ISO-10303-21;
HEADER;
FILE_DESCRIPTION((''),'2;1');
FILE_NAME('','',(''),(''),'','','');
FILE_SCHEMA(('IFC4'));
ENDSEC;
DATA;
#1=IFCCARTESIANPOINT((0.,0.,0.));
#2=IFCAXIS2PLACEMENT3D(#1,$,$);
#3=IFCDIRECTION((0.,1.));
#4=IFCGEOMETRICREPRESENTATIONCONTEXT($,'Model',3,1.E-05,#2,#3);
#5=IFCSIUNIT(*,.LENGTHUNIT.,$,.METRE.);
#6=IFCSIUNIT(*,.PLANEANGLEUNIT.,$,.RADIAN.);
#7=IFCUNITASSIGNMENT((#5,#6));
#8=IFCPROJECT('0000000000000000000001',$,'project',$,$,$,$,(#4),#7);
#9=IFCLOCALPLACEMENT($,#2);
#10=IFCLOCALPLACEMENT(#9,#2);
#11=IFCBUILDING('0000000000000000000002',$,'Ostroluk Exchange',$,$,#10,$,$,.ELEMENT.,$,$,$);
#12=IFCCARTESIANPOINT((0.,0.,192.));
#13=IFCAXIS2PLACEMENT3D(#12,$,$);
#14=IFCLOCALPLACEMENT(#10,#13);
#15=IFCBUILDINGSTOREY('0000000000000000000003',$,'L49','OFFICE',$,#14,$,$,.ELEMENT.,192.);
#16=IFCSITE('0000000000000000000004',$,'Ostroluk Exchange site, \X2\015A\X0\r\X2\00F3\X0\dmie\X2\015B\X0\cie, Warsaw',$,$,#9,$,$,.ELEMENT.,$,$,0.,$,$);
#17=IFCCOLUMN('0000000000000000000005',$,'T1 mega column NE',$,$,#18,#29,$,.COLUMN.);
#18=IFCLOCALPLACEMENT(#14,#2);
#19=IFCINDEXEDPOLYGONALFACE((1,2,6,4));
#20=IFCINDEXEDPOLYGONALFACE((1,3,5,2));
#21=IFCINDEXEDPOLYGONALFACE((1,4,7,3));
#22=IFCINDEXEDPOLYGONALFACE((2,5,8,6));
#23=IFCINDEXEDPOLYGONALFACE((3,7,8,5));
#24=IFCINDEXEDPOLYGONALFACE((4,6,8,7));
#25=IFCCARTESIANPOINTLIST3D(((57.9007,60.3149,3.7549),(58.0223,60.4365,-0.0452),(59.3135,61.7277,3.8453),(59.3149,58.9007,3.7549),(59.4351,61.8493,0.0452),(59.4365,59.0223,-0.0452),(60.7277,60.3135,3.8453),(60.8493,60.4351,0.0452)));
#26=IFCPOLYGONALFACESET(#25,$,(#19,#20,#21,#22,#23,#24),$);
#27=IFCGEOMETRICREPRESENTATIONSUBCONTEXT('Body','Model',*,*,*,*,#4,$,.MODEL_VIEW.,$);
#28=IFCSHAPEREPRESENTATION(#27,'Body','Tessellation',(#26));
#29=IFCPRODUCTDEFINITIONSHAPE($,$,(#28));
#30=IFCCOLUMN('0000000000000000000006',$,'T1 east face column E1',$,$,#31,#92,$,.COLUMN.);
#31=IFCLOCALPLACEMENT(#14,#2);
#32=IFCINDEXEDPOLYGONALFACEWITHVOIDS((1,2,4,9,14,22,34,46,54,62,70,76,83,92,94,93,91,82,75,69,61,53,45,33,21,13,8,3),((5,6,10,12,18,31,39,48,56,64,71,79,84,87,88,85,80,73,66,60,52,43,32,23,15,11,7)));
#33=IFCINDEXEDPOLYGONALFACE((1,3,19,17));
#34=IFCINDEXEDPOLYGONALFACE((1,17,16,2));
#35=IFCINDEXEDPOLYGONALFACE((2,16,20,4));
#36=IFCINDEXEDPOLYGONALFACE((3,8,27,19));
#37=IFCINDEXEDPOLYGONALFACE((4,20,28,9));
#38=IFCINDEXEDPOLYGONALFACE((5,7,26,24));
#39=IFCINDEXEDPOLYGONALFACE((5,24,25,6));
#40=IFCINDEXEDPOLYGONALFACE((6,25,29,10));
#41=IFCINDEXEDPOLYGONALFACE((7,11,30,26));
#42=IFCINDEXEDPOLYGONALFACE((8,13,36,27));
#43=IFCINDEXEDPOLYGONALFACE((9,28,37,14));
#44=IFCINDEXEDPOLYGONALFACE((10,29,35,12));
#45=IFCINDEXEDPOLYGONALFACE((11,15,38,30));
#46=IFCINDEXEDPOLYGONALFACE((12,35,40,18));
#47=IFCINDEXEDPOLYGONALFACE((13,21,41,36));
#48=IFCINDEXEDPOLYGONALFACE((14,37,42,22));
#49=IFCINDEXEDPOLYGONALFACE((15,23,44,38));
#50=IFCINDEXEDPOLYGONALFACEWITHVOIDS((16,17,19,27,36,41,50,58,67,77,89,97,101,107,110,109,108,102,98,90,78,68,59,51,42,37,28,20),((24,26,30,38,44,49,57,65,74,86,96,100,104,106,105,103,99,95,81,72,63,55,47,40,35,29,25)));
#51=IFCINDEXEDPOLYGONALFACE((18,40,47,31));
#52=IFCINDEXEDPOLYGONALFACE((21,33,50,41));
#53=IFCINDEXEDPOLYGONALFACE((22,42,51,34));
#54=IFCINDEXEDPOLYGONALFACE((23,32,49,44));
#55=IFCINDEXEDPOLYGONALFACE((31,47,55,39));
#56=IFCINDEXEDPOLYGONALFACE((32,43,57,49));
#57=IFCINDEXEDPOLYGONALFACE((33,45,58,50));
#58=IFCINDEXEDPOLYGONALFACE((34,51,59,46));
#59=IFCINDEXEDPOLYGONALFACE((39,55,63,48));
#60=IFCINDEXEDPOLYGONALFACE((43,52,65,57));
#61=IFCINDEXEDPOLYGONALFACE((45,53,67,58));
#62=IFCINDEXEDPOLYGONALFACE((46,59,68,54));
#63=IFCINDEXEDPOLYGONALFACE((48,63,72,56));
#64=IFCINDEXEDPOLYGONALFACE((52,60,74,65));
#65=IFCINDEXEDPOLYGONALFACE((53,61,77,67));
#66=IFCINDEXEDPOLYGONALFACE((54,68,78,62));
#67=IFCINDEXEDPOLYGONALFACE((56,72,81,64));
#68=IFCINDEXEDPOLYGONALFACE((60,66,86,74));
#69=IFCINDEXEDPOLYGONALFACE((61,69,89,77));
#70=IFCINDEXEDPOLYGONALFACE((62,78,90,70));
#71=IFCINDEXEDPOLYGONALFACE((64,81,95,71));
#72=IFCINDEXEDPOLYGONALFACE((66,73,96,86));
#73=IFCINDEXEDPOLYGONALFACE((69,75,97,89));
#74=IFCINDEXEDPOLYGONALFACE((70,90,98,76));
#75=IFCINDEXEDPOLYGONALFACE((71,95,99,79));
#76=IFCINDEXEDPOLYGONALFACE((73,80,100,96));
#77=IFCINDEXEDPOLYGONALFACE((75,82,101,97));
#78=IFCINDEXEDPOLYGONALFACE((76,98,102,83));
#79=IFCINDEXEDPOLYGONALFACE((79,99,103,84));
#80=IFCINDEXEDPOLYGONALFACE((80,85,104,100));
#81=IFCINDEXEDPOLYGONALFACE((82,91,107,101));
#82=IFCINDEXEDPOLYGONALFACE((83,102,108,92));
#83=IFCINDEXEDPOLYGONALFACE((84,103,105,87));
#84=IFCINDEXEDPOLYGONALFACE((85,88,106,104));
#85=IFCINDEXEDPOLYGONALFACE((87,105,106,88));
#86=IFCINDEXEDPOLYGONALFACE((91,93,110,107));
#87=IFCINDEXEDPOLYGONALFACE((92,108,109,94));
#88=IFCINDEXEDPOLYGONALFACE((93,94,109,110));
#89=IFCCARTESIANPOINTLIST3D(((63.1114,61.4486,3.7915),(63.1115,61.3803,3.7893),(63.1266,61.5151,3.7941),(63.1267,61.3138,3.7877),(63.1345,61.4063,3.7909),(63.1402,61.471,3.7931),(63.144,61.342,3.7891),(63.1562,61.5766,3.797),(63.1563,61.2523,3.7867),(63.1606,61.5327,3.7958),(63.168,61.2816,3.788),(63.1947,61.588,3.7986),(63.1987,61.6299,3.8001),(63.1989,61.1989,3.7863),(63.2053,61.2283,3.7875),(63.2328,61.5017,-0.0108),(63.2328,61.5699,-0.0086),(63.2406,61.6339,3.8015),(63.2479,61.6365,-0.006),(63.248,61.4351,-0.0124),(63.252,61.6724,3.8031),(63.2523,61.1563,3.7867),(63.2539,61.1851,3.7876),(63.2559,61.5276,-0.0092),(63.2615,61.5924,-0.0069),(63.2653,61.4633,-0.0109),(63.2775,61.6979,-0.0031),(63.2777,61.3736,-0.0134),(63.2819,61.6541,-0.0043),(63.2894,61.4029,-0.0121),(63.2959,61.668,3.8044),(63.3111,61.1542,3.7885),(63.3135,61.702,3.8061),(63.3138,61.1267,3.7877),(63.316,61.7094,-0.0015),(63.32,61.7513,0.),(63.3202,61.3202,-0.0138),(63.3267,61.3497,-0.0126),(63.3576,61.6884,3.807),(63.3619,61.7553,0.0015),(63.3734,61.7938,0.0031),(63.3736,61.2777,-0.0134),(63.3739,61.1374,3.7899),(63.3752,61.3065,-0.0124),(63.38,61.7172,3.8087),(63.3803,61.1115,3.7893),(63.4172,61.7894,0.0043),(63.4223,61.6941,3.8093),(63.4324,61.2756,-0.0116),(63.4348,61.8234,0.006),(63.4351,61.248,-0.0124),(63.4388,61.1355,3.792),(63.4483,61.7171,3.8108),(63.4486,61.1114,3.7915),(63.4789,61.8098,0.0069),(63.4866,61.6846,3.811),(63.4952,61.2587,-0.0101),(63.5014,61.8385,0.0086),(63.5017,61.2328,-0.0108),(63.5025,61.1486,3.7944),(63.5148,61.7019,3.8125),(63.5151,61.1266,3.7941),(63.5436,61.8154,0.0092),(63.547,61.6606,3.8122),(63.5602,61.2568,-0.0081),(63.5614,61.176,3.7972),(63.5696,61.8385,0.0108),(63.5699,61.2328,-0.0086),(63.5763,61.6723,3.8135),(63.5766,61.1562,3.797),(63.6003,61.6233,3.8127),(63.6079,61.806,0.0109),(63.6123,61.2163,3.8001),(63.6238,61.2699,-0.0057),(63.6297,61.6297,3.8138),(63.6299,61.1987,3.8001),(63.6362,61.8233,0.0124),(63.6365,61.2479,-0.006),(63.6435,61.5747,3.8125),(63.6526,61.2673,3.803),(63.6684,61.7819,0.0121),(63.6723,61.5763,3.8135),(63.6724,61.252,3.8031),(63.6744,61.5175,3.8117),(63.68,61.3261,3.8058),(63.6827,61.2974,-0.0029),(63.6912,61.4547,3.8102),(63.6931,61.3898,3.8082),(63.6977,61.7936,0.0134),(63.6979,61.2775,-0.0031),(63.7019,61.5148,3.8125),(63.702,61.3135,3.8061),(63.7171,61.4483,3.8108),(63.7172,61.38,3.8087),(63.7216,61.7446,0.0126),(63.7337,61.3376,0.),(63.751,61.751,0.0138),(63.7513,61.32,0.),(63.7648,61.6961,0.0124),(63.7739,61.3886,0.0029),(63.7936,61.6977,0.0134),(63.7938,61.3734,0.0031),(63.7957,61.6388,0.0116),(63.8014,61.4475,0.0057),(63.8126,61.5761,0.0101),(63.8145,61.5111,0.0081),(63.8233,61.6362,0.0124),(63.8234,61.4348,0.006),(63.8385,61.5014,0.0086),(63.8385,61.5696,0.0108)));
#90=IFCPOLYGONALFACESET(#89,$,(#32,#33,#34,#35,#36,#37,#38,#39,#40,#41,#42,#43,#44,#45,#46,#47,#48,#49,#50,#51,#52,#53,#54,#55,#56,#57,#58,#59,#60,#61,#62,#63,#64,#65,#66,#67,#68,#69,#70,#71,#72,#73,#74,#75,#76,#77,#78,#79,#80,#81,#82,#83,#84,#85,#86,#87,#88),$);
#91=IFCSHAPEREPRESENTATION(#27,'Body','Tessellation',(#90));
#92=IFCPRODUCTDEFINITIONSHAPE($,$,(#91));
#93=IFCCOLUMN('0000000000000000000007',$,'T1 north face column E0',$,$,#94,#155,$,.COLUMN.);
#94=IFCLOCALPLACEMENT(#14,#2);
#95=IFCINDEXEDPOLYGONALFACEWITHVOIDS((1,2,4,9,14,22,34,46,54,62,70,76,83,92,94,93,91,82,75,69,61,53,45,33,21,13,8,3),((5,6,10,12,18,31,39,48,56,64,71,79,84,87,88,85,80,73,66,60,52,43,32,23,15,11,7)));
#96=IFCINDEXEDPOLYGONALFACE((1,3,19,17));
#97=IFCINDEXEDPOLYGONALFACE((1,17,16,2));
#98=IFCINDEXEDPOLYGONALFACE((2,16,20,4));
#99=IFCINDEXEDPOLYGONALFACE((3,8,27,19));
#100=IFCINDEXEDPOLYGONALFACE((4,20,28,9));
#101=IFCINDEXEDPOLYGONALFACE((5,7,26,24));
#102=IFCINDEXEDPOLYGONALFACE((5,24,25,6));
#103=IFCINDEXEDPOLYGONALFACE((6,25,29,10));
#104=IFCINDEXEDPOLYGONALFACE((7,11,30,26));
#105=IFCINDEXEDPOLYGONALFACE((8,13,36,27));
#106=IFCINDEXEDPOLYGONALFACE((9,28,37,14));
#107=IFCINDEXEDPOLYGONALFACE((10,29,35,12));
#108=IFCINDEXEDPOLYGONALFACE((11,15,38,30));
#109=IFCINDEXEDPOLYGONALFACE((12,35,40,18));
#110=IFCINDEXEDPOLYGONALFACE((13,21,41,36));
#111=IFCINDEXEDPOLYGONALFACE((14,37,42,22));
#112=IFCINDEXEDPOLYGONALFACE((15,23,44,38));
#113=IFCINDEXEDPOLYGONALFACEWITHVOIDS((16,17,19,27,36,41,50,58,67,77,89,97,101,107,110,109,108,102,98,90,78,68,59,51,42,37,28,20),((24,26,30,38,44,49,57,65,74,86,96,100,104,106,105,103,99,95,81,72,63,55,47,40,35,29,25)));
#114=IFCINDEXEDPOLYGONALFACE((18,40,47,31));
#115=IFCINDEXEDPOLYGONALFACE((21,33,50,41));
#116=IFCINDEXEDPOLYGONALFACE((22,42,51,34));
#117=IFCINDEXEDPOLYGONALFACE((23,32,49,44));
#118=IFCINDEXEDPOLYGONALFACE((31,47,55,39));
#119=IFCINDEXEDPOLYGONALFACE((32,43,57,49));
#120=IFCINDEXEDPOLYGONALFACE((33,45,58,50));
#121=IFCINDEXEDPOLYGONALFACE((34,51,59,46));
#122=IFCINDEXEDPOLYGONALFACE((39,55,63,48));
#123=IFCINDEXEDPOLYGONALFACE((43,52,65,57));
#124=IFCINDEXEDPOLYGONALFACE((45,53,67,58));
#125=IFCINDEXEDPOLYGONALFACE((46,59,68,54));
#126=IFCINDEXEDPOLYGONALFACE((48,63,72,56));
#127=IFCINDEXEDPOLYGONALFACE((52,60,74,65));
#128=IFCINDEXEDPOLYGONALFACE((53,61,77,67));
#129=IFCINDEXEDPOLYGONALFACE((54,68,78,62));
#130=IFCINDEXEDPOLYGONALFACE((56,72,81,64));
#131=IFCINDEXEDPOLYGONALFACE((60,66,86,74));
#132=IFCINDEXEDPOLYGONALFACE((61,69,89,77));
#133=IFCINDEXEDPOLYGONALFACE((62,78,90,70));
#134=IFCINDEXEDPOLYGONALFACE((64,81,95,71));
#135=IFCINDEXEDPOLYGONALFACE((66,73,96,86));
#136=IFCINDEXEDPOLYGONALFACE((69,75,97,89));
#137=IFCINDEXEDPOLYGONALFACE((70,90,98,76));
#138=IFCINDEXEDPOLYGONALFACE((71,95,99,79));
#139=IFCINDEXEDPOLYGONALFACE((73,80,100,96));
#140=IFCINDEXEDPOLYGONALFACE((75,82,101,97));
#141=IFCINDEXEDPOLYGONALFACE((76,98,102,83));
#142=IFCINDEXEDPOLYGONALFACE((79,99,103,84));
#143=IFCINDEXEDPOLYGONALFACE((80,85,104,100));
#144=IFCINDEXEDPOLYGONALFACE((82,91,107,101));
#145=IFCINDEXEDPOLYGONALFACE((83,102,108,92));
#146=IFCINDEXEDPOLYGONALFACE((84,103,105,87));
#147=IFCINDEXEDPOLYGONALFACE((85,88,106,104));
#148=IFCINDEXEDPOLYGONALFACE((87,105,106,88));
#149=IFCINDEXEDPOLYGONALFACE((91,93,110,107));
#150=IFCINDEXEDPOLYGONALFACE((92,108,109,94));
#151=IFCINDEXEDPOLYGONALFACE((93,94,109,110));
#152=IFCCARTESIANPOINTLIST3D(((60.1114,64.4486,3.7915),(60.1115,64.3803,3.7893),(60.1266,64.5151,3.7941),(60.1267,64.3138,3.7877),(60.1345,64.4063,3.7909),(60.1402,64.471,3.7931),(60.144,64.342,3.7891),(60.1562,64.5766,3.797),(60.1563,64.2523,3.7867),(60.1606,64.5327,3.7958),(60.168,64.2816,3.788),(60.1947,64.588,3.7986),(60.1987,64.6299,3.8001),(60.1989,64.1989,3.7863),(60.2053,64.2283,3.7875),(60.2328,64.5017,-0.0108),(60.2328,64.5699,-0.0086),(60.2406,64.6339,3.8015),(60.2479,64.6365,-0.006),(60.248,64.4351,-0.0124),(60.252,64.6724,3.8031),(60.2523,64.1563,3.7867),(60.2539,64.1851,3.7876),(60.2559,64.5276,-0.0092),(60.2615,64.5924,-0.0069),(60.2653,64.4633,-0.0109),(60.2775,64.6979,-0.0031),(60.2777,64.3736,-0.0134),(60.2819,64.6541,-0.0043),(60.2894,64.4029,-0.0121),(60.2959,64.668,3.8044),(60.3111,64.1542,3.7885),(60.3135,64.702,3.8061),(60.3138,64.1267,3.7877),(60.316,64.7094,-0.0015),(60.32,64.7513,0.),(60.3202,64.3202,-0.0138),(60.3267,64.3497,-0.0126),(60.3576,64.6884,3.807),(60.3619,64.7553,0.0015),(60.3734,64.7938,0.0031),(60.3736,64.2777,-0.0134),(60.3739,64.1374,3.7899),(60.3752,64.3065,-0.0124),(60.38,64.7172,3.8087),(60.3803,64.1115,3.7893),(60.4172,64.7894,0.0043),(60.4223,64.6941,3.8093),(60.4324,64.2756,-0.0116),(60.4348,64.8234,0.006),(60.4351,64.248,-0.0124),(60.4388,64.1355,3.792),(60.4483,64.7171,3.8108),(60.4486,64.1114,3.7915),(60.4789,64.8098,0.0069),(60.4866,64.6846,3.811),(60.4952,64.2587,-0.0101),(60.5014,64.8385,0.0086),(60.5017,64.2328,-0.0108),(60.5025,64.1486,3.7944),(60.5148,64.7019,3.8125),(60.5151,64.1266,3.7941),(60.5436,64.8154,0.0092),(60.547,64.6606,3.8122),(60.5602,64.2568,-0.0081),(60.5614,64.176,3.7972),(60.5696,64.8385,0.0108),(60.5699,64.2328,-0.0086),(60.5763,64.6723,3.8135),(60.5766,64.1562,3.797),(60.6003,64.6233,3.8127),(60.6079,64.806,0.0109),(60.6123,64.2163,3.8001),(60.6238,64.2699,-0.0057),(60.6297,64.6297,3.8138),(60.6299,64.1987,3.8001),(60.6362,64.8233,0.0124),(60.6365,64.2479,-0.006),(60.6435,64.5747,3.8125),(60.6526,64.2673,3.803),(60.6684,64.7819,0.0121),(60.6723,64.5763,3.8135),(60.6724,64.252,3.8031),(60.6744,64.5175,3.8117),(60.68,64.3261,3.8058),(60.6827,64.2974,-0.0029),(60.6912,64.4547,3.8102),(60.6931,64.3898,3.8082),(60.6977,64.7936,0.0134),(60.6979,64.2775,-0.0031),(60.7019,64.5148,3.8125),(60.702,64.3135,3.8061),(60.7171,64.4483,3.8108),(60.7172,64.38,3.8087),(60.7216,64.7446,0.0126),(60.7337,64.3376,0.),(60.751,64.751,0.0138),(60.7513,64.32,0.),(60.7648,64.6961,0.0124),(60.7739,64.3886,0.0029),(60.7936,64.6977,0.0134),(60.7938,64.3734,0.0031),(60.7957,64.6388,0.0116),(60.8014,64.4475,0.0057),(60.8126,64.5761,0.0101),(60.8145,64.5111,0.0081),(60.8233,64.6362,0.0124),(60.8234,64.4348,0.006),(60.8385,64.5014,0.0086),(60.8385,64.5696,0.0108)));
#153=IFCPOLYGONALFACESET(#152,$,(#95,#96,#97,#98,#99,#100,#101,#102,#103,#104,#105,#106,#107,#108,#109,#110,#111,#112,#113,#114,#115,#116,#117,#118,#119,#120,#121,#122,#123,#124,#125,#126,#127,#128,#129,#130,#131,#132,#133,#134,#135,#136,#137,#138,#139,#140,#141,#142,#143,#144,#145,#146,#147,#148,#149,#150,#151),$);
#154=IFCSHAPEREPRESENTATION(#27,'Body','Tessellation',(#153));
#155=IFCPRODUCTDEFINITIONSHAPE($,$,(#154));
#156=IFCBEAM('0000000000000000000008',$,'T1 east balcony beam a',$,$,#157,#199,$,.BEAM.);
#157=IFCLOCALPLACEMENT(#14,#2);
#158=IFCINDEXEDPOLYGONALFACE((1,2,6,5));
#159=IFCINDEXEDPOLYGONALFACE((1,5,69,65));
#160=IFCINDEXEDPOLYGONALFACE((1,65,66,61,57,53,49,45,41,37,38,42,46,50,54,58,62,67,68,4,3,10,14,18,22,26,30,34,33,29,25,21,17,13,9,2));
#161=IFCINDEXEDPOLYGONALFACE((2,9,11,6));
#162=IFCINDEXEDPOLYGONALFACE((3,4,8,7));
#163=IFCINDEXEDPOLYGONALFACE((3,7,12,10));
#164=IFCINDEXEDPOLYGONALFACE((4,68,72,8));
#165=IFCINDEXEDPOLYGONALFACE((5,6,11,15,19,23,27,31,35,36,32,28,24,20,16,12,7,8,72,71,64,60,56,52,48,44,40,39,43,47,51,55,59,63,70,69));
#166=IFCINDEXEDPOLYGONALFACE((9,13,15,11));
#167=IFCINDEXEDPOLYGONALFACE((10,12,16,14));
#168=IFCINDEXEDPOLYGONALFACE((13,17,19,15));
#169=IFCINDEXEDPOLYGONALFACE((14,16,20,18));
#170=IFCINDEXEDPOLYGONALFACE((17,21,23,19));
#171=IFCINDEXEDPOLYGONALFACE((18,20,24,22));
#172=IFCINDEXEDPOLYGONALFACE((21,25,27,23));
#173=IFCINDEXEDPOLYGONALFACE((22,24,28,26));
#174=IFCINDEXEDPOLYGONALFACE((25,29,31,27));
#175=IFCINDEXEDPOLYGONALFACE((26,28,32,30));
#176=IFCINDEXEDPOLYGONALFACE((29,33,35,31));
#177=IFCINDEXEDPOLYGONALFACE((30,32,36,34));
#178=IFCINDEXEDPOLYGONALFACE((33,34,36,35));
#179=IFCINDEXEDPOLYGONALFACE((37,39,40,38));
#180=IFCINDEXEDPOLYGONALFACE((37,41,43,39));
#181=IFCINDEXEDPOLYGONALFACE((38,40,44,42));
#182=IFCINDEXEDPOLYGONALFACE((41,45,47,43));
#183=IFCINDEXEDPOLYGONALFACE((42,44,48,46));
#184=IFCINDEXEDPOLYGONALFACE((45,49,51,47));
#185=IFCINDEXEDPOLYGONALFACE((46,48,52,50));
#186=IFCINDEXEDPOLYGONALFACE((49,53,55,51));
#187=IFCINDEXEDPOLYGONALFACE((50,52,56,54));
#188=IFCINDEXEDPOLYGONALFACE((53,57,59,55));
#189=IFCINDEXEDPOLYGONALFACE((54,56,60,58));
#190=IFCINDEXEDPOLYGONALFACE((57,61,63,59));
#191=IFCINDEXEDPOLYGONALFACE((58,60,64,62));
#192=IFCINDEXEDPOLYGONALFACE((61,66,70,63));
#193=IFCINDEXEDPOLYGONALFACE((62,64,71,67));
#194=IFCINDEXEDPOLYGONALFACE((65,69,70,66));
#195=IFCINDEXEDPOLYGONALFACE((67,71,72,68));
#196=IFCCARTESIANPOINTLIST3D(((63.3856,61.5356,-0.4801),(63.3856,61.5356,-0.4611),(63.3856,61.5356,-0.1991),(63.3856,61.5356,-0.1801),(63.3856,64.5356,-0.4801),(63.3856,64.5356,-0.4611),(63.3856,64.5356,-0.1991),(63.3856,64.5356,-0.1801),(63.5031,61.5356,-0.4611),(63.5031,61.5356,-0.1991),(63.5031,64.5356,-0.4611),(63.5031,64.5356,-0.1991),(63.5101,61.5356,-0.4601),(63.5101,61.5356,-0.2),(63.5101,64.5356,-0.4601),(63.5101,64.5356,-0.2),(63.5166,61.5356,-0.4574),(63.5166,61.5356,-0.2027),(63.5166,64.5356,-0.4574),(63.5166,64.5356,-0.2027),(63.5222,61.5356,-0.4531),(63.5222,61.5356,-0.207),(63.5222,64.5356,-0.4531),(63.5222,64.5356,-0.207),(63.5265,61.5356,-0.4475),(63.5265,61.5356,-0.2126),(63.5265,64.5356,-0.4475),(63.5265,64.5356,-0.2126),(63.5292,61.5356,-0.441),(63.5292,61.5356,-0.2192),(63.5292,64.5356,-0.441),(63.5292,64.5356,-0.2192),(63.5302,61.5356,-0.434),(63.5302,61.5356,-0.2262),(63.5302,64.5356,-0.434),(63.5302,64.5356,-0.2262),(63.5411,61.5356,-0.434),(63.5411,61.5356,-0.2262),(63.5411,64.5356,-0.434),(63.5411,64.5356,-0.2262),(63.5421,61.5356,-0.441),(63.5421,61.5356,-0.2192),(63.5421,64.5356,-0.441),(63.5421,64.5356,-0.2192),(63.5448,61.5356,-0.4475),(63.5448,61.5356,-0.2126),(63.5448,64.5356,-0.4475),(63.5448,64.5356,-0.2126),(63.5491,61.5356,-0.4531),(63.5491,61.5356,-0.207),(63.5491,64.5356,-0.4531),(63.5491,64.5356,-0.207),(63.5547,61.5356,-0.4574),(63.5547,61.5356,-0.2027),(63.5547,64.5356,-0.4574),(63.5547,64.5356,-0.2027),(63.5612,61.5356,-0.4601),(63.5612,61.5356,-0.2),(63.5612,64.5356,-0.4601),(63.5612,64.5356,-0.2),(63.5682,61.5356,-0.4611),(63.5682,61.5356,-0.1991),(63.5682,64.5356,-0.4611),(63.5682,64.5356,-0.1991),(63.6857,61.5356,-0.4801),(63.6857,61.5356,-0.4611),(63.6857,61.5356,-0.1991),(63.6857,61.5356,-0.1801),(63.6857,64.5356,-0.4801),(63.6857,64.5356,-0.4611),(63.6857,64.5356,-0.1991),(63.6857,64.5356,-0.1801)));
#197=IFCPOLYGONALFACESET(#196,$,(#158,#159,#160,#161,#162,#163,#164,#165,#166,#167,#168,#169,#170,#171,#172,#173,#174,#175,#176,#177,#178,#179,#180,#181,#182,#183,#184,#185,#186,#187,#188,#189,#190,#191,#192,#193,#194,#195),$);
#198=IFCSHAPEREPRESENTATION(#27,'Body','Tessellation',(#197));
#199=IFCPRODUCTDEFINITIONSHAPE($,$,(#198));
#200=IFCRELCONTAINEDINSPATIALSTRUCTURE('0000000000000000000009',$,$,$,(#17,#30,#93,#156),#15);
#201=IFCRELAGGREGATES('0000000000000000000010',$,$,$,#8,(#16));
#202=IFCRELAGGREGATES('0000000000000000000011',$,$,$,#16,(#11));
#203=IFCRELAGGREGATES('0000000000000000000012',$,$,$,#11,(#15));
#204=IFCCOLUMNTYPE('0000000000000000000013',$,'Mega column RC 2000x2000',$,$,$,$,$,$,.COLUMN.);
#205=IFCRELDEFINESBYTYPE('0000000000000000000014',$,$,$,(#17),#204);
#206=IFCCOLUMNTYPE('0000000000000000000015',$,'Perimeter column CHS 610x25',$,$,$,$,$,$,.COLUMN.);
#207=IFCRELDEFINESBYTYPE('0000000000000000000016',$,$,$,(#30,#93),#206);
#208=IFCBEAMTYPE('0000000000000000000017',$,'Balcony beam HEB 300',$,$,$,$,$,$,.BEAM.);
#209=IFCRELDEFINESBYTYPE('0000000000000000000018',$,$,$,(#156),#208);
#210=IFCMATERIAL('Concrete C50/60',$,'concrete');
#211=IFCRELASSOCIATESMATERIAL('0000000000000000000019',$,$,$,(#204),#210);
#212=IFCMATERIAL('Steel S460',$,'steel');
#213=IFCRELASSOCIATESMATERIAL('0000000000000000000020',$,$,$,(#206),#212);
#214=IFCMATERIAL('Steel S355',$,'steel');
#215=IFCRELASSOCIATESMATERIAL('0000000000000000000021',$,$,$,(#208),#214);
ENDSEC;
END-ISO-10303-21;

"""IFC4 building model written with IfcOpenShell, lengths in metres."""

from ifc_helpers import new_model, si_unit, direction, frame, origin, origin_2d, place, context, subcontext, project, spatial, rectangle, hollow_circle, i_section, extrude, material, material_profile, profile_set, type_object, element, save


model = new_model("IFC4")

# Units and contexts
model_context = context("Model", 3, precision=1e-05, world=origin(), true_north=direction((0.0, 1.0)))
body_context = subcontext(model_context, "Body", "Model", "MODEL_VIEW")
ifc_project = project(units=[si_unit("LENGTHUNIT", "METRE"), si_unit("PLANEANGLEUNIT", "RADIAN")], contexts=[model_context])

# Site, building, storey
site_placement = place(None, origin())
site = spatial("IfcSite", under=ifc_project, at=site_placement, Name="Ostroluk Exchange site, Śródmieście, Warsaw", CompositionType="ELEMENT", RefElevation=0.0)
building_placement = place(site_placement, origin())
building = spatial("IfcBuilding", under=site, at=building_placement, Name="Ostroluk Exchange", CompositionType="ELEMENT")
storey_placement = place(building_placement, frame((0.0, 0.0, 192.0)))
storey = spatial("IfcBuildingStorey", under=building, at=storey_placement, Name="L49", Description="OFFICE", CompositionType="ELEMENT", Elevation=192.0)

# Columns
ifc_material_1 = material(Name="Concrete C50/60", Category="concrete")
ifc_material_profile_1 = material_profile(ifc_material_1, rectangle(XDim=2.0, YDim=2.0, at=origin_2d()), Name="RC 2000x2000")
ifc_profile_set_1 = profile_set([ifc_material_profile_1], Name="Concrete C50/60")
column_type_1 = type_object("IfcColumnType", Name="Mega column RC 2000x2000", PredefinedType="COLUMN", material=ifc_profile_set_1)
column_placement = place(storey_placement, frame((59.4358, 60.4358, 0.0), z_axis=(-0.031962, -0.031962, 0.998978), x_axis=(0.707107, -0.707107, 0.0)))
element("IfcColumn", 1, at=column_placement, inside=storey, type_object=column_type_1, Name="T1 mega column NE", PredefinedType="COLUMN", context=body_context, shape_type="SweptSolid", body=[
    extrude(rectangle(XDim=2.0, YDim=2.0, at=origin_2d()), origin(), (0.0, 0.0, 1.0), 3.804),
])
ifc_material_2 = material(Name="Steel S460", Category="steel")
ifc_material_profile_2 = material_profile(ifc_material_2, hollow_circle(Radius=0.3049, WallThickness=0.0249, at=origin_2d()), Name="CHS 610x25")
ifc_profile_set_2 = profile_set([ifc_material_profile_2], Name="Steel S460")
column_type_2 = type_object("IfcColumnType", Name="Perimeter column CHS 610x25", PredefinedType="COLUMN", material=ifc_profile_set_2)
for number, where, z_axis, x_axis, name in (
    (2, (63.5356, 61.5356, 0.0), (-0.031898, -0.031898, 0.998982), (0.707107, -0.707107, 0.0), "T1 east face column E1"),
    (3, (60.5356, 64.5356, 0.0), (-0.031898, -0.031898, 0.998982), (0.707107, -0.707107, 0.0), "T1 north face column E0"),
):
    element("IfcColumn", number, at=place(storey_placement, frame(where, z_axis=z_axis, x_axis=x_axis)), inside=storey, type_object=column_type_2, Name=name, PredefinedType="COLUMN", context=body_context, shape_type="SweptSolid", body=[
        extrude(hollow_circle(Radius=0.3049, WallThickness=0.0249, at=origin_2d()), origin(), (0.0, 0.0, 1.0), 3.804),
    ])

# Beam
ifc_material_3 = material(Name="Steel S355", Category="steel")
ifc_material_profile_3 = material_profile(ifc_material_3, i_section(OverallWidth=0.3, OverallDepth=0.3, WebThickness=0.011, FlangeThickness=0.019, FilletRadius=0.0271, at=origin_2d()), Name="HEB 300")
ifc_profile_set_3 = profile_set([ifc_material_profile_3], Name="Steel S355")
beam_type_1 = type_object("IfcBeamType", Name="Balcony beam HEB 300", PredefinedType="BEAM", material=ifc_profile_set_3)
for number, where, z_axis, x_axis, name in (
    (4, (63.5356, 61.5356, -0.3301), (0.0, 1.0, 0.0), (-1.0, 0.0, 0.0), "T1 east balcony beam a"),
):
    element("IfcBeam", number, at=place(storey_placement, frame(where, z_axis=z_axis, x_axis=x_axis)), inside=storey, type_object=beam_type_1, Name=name, PredefinedType="BEAM", context=body_context, shape_type="SweptSolid", body=[
        extrude(i_section(OverallWidth=0.3, OverallDepth=0.3, WebThickness=0.011, FlangeThickness=0.019, FilletRadius=0.0271, at=origin_2d()), origin(), (0.0, 0.0, 1.0), 3.0),
    ])

save(model, "model.ifc")
